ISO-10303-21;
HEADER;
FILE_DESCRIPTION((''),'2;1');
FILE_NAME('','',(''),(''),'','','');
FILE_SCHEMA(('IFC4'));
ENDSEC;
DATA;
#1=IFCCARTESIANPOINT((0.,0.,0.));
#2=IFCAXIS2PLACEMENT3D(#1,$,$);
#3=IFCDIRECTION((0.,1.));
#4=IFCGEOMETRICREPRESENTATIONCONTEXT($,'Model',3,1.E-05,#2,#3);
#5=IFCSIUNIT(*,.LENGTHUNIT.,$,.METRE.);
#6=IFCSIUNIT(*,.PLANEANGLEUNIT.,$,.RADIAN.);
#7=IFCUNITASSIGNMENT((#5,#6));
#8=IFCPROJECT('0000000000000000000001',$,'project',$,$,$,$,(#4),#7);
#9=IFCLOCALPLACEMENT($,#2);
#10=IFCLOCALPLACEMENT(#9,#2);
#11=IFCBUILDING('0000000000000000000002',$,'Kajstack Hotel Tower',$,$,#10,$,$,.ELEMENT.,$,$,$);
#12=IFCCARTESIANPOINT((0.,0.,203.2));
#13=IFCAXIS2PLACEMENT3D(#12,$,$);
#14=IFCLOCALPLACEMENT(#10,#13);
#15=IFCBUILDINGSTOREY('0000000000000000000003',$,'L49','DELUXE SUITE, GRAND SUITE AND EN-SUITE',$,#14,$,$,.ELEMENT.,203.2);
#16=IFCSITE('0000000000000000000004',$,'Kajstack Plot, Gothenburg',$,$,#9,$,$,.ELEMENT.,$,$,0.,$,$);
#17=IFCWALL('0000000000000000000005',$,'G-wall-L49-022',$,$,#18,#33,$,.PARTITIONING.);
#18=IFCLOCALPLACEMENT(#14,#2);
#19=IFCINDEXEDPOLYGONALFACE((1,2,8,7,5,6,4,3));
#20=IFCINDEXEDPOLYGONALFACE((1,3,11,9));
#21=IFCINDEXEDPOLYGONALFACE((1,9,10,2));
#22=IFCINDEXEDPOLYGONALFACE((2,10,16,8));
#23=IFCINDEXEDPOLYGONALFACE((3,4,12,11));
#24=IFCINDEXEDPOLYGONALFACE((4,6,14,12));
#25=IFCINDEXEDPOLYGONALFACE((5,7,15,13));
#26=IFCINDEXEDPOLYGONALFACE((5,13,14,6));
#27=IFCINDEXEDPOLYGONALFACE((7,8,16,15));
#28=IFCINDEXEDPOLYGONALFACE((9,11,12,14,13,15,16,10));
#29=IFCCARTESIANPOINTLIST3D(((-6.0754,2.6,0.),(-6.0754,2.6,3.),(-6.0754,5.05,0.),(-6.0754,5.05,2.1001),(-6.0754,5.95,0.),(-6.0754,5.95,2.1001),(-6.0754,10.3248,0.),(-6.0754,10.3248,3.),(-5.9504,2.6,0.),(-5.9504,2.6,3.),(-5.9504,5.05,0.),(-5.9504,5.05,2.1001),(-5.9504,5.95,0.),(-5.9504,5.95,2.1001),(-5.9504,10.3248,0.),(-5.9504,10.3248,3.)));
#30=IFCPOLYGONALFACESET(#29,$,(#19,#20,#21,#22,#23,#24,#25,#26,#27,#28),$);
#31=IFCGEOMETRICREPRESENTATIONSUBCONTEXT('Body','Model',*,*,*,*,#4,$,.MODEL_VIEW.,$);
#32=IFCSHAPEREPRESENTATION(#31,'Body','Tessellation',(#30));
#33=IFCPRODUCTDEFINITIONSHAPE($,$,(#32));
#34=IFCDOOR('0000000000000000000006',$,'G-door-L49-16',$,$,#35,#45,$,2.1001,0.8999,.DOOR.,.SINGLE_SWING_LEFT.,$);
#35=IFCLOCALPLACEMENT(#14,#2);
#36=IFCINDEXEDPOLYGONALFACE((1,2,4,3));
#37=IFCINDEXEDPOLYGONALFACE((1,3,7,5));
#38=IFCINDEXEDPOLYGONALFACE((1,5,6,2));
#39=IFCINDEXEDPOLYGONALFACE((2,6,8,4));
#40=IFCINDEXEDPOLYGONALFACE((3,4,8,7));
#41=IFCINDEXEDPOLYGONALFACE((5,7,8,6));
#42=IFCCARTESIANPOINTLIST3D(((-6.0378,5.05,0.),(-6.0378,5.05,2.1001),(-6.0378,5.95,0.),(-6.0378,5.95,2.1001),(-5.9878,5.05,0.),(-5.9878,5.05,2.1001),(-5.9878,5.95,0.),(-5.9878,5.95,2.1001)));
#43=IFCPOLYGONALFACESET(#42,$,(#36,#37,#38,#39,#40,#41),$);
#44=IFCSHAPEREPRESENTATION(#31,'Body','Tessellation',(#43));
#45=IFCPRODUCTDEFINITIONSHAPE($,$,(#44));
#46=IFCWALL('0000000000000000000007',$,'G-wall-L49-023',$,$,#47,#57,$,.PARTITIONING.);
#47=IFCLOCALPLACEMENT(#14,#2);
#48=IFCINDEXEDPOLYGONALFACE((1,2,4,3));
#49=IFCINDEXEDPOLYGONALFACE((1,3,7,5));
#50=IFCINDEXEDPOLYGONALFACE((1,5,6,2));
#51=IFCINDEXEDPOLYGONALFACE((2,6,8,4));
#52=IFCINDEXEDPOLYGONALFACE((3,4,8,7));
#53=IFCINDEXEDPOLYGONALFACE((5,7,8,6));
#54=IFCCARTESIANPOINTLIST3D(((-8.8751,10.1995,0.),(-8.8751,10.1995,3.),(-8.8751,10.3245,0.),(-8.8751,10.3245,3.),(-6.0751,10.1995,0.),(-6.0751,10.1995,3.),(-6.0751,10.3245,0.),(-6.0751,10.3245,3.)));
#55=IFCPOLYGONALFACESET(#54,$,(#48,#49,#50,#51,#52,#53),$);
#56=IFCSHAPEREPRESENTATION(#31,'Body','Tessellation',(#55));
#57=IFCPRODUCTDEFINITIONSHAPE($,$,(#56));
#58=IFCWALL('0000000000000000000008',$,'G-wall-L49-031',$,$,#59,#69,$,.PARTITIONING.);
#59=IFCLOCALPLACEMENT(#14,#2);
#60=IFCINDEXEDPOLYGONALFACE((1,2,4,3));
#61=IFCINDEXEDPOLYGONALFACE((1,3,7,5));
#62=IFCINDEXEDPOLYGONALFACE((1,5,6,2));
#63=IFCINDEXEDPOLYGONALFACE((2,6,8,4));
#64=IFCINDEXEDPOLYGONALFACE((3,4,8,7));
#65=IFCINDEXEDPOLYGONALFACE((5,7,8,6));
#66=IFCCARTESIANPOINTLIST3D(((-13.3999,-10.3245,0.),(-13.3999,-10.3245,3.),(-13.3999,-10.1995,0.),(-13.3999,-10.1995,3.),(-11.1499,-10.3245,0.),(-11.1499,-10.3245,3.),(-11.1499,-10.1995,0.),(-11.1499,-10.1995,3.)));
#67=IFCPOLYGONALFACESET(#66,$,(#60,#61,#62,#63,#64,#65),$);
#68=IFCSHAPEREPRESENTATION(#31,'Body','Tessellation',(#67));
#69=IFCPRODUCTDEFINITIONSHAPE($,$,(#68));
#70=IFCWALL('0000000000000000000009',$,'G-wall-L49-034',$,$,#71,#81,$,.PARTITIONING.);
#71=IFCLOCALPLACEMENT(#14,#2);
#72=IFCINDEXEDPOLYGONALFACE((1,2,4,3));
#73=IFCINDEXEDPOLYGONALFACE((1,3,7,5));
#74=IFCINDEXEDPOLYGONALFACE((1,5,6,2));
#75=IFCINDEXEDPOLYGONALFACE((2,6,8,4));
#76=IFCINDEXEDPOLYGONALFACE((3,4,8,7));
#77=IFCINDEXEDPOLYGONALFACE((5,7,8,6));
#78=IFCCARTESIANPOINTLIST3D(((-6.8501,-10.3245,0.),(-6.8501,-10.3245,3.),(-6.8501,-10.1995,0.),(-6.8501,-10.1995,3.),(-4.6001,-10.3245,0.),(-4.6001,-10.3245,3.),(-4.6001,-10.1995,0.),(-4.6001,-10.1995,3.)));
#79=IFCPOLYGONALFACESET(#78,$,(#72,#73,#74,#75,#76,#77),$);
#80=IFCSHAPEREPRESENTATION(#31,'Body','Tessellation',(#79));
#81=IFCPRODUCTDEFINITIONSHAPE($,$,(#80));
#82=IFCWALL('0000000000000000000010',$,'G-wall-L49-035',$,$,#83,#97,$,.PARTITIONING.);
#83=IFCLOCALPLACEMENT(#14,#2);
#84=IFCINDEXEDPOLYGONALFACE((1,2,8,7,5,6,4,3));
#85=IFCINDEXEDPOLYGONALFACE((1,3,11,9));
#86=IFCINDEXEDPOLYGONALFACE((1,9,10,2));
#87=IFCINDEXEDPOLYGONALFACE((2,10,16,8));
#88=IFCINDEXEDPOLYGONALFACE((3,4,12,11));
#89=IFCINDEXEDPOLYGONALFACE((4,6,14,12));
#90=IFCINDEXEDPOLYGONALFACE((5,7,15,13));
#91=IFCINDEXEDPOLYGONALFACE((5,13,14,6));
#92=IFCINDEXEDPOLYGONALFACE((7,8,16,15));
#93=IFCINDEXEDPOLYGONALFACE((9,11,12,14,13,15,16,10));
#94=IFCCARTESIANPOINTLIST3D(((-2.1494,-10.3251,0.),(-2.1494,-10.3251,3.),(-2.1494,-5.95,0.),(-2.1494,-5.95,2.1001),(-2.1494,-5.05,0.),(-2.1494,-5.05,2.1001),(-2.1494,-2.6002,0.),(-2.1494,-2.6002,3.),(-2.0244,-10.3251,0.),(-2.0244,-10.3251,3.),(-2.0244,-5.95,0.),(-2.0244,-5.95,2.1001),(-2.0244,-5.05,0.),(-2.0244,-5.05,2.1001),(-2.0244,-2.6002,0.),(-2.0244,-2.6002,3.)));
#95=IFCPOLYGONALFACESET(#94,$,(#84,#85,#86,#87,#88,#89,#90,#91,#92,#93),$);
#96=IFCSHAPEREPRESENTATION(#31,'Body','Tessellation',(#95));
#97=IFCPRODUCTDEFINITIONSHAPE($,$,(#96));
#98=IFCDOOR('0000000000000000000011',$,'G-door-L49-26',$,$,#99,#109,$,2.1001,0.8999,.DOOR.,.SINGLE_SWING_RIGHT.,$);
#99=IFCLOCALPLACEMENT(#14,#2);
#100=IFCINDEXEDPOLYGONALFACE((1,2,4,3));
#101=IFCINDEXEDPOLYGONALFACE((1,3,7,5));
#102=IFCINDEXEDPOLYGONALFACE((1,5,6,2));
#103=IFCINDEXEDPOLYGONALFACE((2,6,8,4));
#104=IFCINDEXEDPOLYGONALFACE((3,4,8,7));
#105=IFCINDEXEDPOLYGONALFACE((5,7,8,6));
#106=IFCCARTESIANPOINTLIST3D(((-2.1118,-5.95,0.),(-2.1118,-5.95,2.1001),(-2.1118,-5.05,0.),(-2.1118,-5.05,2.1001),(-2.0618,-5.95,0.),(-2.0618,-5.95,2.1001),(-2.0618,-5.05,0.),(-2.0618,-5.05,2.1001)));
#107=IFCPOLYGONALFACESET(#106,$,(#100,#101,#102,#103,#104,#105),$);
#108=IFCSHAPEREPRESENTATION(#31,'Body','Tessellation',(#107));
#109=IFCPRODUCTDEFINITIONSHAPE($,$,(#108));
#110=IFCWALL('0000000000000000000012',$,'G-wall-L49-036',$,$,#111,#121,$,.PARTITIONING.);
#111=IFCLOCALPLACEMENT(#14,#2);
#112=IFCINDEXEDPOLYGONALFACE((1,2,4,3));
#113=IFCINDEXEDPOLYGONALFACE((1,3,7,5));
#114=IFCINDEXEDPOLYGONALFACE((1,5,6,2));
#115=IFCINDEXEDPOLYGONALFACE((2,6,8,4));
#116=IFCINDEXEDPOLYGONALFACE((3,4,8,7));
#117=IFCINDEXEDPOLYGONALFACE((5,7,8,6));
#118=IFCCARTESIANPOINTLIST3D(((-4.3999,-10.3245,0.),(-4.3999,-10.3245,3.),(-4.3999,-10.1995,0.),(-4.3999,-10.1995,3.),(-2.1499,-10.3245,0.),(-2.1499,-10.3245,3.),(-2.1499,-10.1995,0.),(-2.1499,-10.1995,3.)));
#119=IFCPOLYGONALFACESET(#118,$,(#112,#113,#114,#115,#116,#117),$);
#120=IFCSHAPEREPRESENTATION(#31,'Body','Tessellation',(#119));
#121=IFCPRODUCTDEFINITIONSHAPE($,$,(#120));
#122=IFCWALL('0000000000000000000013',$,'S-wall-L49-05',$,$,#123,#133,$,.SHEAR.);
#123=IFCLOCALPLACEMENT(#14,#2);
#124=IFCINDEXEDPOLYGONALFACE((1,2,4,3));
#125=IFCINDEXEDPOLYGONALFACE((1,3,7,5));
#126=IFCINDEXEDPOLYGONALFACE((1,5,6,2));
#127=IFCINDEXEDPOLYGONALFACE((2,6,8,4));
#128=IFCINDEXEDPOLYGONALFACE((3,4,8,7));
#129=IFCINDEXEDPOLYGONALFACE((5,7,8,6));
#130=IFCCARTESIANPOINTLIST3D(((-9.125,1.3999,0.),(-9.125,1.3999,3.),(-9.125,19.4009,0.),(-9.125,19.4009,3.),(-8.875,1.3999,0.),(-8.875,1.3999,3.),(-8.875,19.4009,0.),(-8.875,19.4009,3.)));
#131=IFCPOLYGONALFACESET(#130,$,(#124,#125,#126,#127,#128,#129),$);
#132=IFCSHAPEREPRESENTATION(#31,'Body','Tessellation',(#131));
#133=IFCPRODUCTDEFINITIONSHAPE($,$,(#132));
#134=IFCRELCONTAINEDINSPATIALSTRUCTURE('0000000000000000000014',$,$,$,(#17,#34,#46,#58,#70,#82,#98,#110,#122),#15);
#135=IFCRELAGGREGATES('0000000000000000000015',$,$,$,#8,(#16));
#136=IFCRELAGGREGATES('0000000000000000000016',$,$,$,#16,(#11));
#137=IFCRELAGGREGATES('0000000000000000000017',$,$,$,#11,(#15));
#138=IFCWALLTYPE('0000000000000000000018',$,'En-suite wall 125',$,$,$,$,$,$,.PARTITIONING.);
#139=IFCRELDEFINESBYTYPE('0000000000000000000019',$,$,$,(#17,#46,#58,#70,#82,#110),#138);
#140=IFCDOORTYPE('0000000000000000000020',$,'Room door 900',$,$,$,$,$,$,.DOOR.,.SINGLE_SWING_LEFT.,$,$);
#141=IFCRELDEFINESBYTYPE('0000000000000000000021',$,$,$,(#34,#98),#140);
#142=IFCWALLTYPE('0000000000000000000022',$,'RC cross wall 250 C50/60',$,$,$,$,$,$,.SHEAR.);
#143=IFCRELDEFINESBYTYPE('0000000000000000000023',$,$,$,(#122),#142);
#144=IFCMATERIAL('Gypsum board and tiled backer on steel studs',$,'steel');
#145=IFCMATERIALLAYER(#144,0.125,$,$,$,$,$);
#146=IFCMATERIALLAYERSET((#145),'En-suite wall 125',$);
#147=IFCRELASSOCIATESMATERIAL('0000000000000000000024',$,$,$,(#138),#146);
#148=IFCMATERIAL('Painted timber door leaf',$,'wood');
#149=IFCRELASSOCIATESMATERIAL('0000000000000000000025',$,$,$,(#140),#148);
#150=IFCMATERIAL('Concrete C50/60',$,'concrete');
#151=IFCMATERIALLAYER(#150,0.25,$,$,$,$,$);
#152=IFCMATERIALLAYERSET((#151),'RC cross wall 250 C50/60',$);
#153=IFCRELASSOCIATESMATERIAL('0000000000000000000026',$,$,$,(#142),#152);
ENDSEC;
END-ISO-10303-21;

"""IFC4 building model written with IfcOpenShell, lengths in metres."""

from ifc_helpers import new_model, si_unit, direction, frame, frame_2d, origin, place, context, subcontext, project, spatial, rectangle, extrude, material, layer, layer_set, type_object, element, fill, save


model = new_model("IFC4")

# Units and contexts
model_context = context("Model", 3, precision=1e-05, world=origin(), true_north=direction((0.0, 1.0)))
body_context = subcontext(model_context, "Body", "Model", "MODEL_VIEW")
ifc_project = project(units=[si_unit("LENGTHUNIT", "METRE"), si_unit("PLANEANGLEUNIT", "RADIAN")], contexts=[model_context])

# Site, building, storey
site_placement = place(None, origin())
site = spatial("IfcSite", under=ifc_project, at=site_placement, Name="Kajstack Plot, Gothenburg", CompositionType="ELEMENT", RefElevation=0.0)
building_placement = place(site_placement, origin())
building = spatial("IfcBuilding", under=site, at=building_placement, Name="Kajstack Hotel Tower", CompositionType="ELEMENT")
storey_placement = place(building_placement, frame((0.0, 0.0, 203.2)))
storey = spatial("IfcBuildingStorey", under=building, at=storey_placement, Name="L49", Description="DELUXE SUITE, GRAND SUITE AND EN-SUITE", CompositionType="ELEMENT", Elevation=203.2)

# Shared definitions
ifc_material_1 = material(Name="Gypsum board and tiled backer on steel studs", Category="steel")
ifc_layer_1 = layer(ifc_material_1, 0.125)
ifc_layer_set_1 = layer_set([ifc_layer_1], Name="En-suite wall 125")
wall_type_1 = type_object("IfcWallType", Name="En-suite wall 125", PredefinedType="PARTITIONING", material=ifc_layer_set_1)
ifc_material_2 = material(Name="Painted timber door leaf", Category="wood")
door_type_1 = type_object("IfcDoorType", Name="Room door 900", OperationType="SINGLE_SWING_LEFT", PredefinedType="DOOR", material=ifc_material_2)

# Wall, opening, door
wall_1_placement = place(storey_placement, frame((-6.0129, 2.6001, 0.0), z_axis=(0.0, 0.0, 1.0), x_axis=(0.0, 1.0, 0.0)))
wall_1 = element("IfcWall", 1, at=wall_1_placement, inside=storey, type_object=wall_type_1, Name="G-wall-L49-022", PredefinedType="PARTITIONING", context=body_context, shape_type="SweptSolid", body=[
    extrude(rectangle(XDim=7.7249, YDim=0.125, at=frame_2d((3.8623, 0.0))), origin(), (0.0, 0.0, 1.0), 3.0),
])
opening_1_placement = place(wall_1_placement, frame((2.45, 0.0, 0.0)))
opening_1 = element("IfcOpeningElement", 2, at=opening_1_placement, cuts=wall_1, PredefinedType="OPENING", context=body_context, shape_type="SweptSolid", body=[
    extrude(rectangle(XDim=0.8999, YDim=2.1001, at=frame_2d((0.45, 1.05))), frame((0.0, 0.0725, 0.0), z_axis=(0.0, -1.0, 0.0), x_axis=(1.0, 0.0, 0.0)), (0.0, 0.0, 1.0), 0.145),
])
door_1_placement = place(opening_1_placement, origin())
door_1 = element("IfcDoor", 3, at=door_1_placement, inside=storey, type_object=door_type_1, Name="G-door-L49-16", OperationType="SINGLE_SWING_LEFT", OverallHeight=2.1001, OverallWidth=0.8999, PredefinedType="DOOR", context=body_context, shape_type="SweptSolid", body=[
    extrude(rectangle(XDim=0.8999, YDim=2.1001, at=frame_2d((0.45, 1.05))), frame((0.0, 0.0249, 0.0), z_axis=(0.0, -1.0, 0.0), x_axis=(1.0, 0.0, 0.0)), (0.0, 0.0, 1.0), 0.05),
])
fill(opening_1, door_1)

# Walls
wall_2_placement = place(storey_placement, frame((-8.875, 10.262, 0.0), z_axis=(0.0, 0.0, 1.0), x_axis=(1.0, 0.0, 0.0)))
element("IfcWall", 4, at=wall_2_placement, inside=storey, type_object=wall_type_1, Name="G-wall-L49-023", PredefinedType="PARTITIONING", context=body_context, shape_type="SweptSolid", body=[
    extrude(rectangle(XDim=2.8, YDim=0.125, at=frame_2d((1.3999, 0.0))), origin(), (0.0, 0.0, 1.0), 3.0),
])
for number, where, z_axis, x_axis, name in (
    (5, (-13.3999, -10.262, 0.0), (0.0, 0.0, 1.0), (1.0, 0.0, 0.0), "G-wall-L49-031"),
    (6, (-6.8501, -10.262, 0.0), (0.0, 0.0, 1.0), (1.0, 0.0, 0.0), "G-wall-L49-034"),
):
    element("IfcWall", number, at=place(storey_placement, frame(where, z_axis=z_axis, x_axis=x_axis)), inside=storey, type_object=wall_type_1, Name=name, PredefinedType="PARTITIONING", context=body_context, shape_type="SweptSolid", body=[
        extrude(rectangle(XDim=2.25, YDim=0.125, at=frame_2d((1.125, 0.0))), origin(), (0.0, 0.0, 1.0), 3.0),
    ])

# Wall, opening, door
wall_3_placement = place(storey_placement, frame((-2.0869, -10.325, 0.0), z_axis=(0.0, 0.0, 1.0), x_axis=(0.0, 1.0, 0.0)))
wall_3 = element("IfcWall", 7, at=wall_3_placement, inside=storey, type_object=wall_type_1, Name="G-wall-L49-035", PredefinedType="PARTITIONING", context=body_context, shape_type="SweptSolid", body=[
    extrude(rectangle(XDim=7.7249, YDim=0.125, at=frame_2d((3.8623, 0.0))), origin(), (0.0, 0.0, 1.0), 3.0),
])
opening_2_placement = place(wall_3_placement, frame((4.375, 0.0, 0.0)))
opening_2 = element("IfcOpeningElement", 8, at=opening_2_placement, cuts=wall_3, PredefinedType="OPENING", context=body_context, shape_type="SweptSolid", body=[
    extrude(rectangle(XDim=0.8999, YDim=2.1001, at=frame_2d((0.45, 1.05))), frame((0.0, 0.0725, 0.0), z_axis=(0.0, -1.0, 0.0), x_axis=(1.0, 0.0, 0.0)), (0.0, 0.0, 1.0), 0.145),
])
door_2_placement = place(opening_2_placement, origin())
door_2 = element("IfcDoor", 9, at=door_2_placement, inside=storey, type_object=door_type_1, Name="G-door-L49-26", OperationType="SINGLE_SWING_RIGHT", OverallHeight=2.1001, OverallWidth=0.8999, PredefinedType="DOOR", context=body_context, shape_type="SweptSolid", body=[
    extrude(rectangle(XDim=0.8999, YDim=2.1001, at=frame_2d((0.45, 1.05))), frame((0.0, 0.0249, 0.0), z_axis=(0.0, -1.0, 0.0), x_axis=(1.0, 0.0, 0.0)), (0.0, 0.0, 1.0), 0.05),
])
fill(opening_2, door_2)

# Walls
wall_4_placement = place(storey_placement, frame((-4.3999, -10.262, 0.0), z_axis=(0.0, 0.0, 1.0), x_axis=(1.0, 0.0, 0.0)))
element("IfcWall", 10, at=wall_4_placement, inside=storey, type_object=wall_type_1, Name="G-wall-L49-036", PredefinedType="PARTITIONING", context=body_context, shape_type="SweptSolid", body=[
    extrude(rectangle(XDim=2.25, YDim=0.125, at=frame_2d((1.125, 0.0))), origin(), (0.0, 0.0, 1.0), 3.0),
])
ifc_material_3 = material(Name="Concrete C50/60", Category="concrete")
ifc_layer_2 = layer(ifc_material_3, 0.25)
ifc_layer_set_2 = layer_set([ifc_layer_2], Name="RC cross wall 250 C50/60")
wall_type_2 = type_object("IfcWallType", Name="RC cross wall 250 C50/60", PredefinedType="SHEAR", material=ifc_layer_set_2)
wall_5_placement = place(storey_placement, frame((-9.0, 1.3999, 0.0), z_axis=(0.0, 0.0, 1.0), x_axis=(0.0, 1.0, 0.0)))
element("IfcWall", 11, at=wall_5_placement, inside=storey, type_object=wall_type_2, Name="S-wall-L49-05", PredefinedType="SHEAR", context=body_context, shape_type="SweptSolid", body=[
    extrude(rectangle(XDim=18.001, YDim=0.25, at=frame_2d((9.0005, 0.0))), origin(), (0.0, 0.0, 1.0), 3.0),
])

save(model, "model.ifc")
